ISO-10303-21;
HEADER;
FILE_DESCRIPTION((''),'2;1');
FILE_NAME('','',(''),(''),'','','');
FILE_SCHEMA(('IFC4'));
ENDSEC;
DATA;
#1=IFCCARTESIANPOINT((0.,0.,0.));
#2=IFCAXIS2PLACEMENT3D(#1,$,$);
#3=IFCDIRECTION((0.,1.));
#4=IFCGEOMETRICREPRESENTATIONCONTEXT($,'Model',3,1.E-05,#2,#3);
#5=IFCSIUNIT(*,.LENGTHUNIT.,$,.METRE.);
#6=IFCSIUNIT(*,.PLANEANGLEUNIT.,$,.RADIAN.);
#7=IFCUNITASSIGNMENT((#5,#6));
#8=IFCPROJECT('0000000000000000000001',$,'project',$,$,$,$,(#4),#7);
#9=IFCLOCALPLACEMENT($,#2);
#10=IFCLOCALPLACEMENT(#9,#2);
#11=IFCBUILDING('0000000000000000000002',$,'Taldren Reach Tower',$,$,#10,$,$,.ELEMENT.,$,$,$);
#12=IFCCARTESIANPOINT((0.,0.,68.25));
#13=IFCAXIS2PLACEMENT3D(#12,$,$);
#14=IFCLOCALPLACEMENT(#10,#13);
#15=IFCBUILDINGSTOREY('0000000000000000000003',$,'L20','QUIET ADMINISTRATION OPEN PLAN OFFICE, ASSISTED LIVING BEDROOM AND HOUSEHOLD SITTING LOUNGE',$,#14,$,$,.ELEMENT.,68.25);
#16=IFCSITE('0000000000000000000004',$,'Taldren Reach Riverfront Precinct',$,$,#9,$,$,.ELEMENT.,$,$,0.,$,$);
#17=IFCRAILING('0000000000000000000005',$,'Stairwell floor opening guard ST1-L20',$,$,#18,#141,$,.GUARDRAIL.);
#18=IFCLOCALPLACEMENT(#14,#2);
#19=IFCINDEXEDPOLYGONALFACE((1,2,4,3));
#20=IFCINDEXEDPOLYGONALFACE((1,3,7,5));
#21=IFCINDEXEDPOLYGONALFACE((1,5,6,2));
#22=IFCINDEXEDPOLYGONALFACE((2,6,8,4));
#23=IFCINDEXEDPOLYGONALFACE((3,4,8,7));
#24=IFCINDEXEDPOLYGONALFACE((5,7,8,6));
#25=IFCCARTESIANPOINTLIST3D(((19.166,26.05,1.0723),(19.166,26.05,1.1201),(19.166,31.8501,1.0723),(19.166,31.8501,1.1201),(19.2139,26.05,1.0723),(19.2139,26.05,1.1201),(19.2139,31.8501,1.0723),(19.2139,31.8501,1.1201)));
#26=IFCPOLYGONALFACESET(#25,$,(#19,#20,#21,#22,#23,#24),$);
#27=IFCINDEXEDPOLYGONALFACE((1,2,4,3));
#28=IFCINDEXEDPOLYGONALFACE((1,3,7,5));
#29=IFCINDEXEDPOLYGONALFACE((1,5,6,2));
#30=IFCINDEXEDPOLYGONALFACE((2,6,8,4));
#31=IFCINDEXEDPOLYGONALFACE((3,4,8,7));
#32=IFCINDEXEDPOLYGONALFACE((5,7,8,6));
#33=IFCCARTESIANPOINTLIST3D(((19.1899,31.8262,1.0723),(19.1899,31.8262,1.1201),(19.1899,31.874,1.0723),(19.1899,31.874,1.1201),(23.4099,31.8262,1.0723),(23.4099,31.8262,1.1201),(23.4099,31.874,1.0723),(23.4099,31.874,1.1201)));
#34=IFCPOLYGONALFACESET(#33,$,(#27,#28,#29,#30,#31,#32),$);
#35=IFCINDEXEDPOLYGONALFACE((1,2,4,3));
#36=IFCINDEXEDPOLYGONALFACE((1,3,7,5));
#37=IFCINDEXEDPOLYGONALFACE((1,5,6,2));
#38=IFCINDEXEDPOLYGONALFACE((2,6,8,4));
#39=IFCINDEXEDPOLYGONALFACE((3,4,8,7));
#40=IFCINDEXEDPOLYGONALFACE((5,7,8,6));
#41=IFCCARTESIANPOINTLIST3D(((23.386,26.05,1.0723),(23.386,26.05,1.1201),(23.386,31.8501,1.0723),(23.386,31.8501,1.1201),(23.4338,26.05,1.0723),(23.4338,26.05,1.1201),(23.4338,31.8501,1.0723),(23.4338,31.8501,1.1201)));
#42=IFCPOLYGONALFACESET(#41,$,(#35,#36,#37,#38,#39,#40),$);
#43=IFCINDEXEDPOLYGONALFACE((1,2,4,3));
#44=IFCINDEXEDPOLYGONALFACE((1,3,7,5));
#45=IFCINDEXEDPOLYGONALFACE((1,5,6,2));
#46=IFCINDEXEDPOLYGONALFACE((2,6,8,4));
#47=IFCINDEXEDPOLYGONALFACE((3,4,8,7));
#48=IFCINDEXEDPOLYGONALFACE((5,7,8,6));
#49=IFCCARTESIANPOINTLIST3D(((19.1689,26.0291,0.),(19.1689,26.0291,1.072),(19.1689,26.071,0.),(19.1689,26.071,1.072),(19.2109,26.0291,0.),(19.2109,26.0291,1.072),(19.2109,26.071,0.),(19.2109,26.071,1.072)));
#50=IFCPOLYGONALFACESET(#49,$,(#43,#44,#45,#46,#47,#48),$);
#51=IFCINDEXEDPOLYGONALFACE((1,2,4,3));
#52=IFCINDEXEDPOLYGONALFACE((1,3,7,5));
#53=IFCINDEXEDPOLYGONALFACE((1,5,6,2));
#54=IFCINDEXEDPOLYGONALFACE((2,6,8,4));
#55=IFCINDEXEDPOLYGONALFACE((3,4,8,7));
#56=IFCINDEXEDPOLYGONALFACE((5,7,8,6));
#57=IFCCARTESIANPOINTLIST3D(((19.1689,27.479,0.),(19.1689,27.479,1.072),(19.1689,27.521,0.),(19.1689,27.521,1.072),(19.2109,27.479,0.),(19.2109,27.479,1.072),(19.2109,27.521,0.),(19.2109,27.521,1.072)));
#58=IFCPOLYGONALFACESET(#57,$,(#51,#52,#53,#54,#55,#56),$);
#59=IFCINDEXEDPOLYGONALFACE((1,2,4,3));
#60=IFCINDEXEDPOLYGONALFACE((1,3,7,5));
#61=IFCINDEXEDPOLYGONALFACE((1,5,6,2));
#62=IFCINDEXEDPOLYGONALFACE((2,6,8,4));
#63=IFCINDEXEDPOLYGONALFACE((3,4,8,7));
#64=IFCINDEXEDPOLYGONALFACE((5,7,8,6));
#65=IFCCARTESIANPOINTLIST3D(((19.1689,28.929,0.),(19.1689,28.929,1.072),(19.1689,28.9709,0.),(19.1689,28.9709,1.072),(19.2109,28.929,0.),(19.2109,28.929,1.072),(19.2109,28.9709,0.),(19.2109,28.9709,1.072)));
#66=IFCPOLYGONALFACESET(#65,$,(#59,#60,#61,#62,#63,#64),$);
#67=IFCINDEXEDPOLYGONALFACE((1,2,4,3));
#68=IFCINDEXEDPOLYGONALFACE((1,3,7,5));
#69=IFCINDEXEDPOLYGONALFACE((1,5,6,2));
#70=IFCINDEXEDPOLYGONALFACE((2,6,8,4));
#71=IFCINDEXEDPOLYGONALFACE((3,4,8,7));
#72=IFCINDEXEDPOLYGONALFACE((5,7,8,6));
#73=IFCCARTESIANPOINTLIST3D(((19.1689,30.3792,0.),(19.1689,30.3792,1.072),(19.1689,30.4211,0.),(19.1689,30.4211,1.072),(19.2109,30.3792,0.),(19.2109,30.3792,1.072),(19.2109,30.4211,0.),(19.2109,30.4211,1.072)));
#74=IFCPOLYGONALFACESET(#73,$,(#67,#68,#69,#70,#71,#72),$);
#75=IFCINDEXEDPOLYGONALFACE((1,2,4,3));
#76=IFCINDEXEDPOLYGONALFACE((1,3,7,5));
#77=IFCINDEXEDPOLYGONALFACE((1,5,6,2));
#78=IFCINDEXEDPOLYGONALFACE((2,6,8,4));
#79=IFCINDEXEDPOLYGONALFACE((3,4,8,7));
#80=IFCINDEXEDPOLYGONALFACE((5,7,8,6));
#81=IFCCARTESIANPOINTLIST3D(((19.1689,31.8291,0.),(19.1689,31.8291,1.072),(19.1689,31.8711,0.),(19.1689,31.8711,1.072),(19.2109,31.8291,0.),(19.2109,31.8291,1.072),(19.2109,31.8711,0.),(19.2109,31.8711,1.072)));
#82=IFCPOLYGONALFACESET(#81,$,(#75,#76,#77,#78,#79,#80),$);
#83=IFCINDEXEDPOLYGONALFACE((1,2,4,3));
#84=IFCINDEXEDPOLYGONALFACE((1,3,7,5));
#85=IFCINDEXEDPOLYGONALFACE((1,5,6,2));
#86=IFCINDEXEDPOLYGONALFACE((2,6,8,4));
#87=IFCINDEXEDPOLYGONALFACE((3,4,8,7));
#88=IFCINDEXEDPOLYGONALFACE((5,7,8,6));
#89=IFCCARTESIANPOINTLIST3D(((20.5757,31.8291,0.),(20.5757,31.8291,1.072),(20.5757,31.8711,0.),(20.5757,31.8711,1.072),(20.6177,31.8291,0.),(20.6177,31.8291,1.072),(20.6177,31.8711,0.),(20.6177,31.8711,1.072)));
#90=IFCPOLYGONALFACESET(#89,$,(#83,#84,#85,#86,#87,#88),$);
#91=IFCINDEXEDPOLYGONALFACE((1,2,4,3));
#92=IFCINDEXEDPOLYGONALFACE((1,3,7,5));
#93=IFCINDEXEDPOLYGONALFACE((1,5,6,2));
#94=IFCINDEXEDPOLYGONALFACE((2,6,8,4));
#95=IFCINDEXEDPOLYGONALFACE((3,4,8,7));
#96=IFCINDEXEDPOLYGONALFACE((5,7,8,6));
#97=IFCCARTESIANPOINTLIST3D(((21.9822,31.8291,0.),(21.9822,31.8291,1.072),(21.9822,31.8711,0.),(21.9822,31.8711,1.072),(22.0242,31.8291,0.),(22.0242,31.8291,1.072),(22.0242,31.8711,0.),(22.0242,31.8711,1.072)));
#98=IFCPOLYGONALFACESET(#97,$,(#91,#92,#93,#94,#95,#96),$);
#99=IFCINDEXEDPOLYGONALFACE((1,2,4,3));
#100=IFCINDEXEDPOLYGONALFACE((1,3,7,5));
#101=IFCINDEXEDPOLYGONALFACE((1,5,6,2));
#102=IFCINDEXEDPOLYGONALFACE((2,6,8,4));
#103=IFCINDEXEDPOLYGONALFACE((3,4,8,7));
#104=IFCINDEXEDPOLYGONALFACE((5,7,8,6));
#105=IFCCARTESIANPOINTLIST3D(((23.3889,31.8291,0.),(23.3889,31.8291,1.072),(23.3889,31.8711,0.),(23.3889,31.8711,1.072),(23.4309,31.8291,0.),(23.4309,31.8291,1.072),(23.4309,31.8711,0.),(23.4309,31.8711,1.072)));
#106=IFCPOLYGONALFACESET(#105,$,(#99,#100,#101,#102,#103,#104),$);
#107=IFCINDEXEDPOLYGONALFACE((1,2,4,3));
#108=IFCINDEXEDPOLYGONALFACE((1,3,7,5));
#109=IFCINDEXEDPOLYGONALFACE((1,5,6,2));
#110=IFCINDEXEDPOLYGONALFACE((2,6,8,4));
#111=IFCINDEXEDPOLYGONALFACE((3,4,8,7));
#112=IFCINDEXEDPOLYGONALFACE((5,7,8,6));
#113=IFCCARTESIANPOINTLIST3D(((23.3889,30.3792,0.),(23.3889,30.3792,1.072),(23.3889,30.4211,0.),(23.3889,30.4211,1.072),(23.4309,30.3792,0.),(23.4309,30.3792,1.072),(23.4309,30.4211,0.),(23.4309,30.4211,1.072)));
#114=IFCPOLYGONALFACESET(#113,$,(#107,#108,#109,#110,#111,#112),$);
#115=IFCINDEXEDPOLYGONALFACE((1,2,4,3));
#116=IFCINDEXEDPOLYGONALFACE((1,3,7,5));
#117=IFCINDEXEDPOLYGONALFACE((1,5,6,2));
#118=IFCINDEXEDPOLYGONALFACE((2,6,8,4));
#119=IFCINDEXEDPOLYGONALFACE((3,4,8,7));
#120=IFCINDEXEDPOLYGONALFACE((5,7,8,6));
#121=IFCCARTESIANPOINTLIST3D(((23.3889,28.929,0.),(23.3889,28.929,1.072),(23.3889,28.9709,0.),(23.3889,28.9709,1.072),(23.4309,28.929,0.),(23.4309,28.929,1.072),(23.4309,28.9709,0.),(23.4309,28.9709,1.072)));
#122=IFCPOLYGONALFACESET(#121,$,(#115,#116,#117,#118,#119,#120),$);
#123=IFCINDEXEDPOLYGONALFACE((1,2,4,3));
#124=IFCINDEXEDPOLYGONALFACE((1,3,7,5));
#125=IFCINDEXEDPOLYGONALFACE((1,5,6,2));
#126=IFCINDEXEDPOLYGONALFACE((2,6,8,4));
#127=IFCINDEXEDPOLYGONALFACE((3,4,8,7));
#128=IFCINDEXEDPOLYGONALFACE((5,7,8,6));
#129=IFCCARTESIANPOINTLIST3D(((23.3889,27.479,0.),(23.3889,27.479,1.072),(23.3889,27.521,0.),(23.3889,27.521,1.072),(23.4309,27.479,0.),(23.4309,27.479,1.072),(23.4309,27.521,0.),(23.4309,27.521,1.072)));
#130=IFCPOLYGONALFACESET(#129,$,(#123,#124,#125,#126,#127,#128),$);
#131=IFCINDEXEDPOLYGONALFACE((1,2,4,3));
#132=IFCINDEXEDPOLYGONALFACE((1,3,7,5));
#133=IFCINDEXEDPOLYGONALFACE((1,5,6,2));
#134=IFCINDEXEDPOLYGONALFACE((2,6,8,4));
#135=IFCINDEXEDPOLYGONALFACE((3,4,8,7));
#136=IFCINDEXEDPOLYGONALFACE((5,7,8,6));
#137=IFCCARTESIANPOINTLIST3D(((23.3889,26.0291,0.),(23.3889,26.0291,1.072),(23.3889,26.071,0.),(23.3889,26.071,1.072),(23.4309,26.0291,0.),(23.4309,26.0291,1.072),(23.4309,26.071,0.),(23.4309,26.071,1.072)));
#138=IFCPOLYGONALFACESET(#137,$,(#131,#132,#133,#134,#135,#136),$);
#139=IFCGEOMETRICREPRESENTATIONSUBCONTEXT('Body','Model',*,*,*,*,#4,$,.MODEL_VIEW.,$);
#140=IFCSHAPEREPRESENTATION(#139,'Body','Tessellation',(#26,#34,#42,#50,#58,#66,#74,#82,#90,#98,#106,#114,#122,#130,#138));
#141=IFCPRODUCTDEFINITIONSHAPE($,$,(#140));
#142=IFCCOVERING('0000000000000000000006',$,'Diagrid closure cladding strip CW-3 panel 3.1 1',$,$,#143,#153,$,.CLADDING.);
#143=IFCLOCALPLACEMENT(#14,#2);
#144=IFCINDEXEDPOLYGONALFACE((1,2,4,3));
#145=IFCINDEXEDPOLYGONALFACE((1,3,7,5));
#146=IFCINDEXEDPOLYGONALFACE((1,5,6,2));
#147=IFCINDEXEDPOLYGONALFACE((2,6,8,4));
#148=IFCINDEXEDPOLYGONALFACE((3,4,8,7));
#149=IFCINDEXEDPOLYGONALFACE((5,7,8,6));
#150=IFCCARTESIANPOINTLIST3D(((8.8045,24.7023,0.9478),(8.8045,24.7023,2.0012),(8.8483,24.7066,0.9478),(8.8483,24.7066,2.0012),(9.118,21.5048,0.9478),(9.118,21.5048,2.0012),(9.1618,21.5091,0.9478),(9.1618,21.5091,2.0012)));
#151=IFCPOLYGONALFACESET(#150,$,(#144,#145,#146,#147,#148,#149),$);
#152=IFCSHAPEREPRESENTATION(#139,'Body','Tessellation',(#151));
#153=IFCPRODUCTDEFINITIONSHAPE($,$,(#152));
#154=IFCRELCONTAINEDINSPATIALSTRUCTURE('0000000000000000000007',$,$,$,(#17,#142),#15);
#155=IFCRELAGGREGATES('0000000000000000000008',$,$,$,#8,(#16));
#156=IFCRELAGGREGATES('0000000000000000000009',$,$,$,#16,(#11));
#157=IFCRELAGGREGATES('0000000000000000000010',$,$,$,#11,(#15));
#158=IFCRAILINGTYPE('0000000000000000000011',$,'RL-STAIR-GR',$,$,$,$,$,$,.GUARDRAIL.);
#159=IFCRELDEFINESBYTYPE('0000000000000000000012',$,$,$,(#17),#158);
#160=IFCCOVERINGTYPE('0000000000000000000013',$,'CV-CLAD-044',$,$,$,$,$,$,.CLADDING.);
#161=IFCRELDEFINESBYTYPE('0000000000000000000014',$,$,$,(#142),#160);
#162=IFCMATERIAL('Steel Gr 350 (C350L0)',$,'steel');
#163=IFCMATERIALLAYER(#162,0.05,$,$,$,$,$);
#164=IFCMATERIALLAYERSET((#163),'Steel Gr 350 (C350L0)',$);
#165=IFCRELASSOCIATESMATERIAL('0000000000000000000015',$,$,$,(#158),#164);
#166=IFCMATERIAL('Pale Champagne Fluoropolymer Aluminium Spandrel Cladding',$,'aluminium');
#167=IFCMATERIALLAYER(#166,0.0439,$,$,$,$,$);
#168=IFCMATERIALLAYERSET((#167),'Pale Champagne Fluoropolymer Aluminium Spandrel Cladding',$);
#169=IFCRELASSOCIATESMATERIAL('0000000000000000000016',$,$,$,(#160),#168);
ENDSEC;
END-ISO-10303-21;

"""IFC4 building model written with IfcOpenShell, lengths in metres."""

from ifc_helpers import new_model, si_unit, direction, frame, origin, origin_2d, place, context, subcontext, project, spatial, rectangle, extrude, source, transform, mapped, material, layer, layer_set, type_object, element, save


model = new_model("IFC4")

# Units and contexts
model_context = context("Model", 3, precision=1e-05, world=origin(), true_north=direction((0.0, 1.0)))
body_context = subcontext(model_context, "Body", "Model", "MODEL_VIEW")
ifc_project = project(units=[si_unit("LENGTHUNIT", "METRE"), si_unit("PLANEANGLEUNIT", "RADIAN")], contexts=[model_context])

# Site, building, storey
site_placement = place(None, origin())
site = spatial("IfcSite", under=ifc_project, at=site_placement, Name="Taldren Reach Riverfront Precinct", CompositionType="ELEMENT", RefElevation=0.0)
building_placement = place(site_placement, origin())
building = spatial("IfcBuilding", under=site, at=building_placement, Name="Taldren Reach Tower", CompositionType="ELEMENT")
storey_placement = place(building_placement, frame((0.0, 0.0, 68.25)))
storey = spatial("IfcBuildingStorey", under=building, at=storey_placement, Name="L20", Description="QUIET ADMINISTRATION OPEN PLAN OFFICE, ASSISTED LIVING BEDROOM AND HOUSEHOLD SITTING LOUNGE", CompositionType="ELEMENT", Elevation=68.25)

# Shared definitions
ifc_material_1 = material(Name="Steel Gr 350 (C350L0)", Category="steel")

# Railing
ifc_layer_1 = layer(ifc_material_1, 0.05)
ifc_layer_set_1 = layer_set([ifc_layer_1], Name="Steel Gr 350 (C350L0)")
railing_type = type_object("IfcRailingType", Name="RL-STAIR-GR", PredefinedType="GUARDRAIL", material=ifc_layer_set_1)
railing_1_placement = place(storey_placement, frame((19.1899, 26.05, 0.0)))
element("IfcRailing", 1, at=railing_1_placement, inside=storey, type_object=railing_type, Name="Stairwell floor opening guard ST1-L20", PredefinedType="GUARDRAIL", context=body_context, shape_type="SweptSolid", body=[
    extrude(rectangle(XDim=0.0479, YDim=0.0479, at=origin_2d()), frame((0.0, 0.0, 1.0962), z_axis=(0.0, 1.0, 0.0), x_axis=(-1.0, 0.0, 0.0)), (0.0, 0.0, 1.0), 5.8),
    extrude(rectangle(XDim=0.0479, YDim=0.0479, at=origin_2d()), frame((0.0, 5.8, 1.0962), z_axis=(1.0, 0.0, 0.0), x_axis=(0.0, 1.0, 0.0)), (0.0, 0.0, 1.0), 4.22),
    extrude(rectangle(XDim=0.0479, YDim=0.0479, at=origin_2d()), frame((4.22, 5.8, 1.0962), z_axis=(0.0, -1.0, 0.0), x_axis=(1.0, 0.0, 0.0)), (0.0, 0.0, 1.0), 5.8),
    extrude(rectangle(XDim=0.042, YDim=0.042, at=origin_2d()), origin(), (0.0, 0.0, 1.0), 1.072),
    extrude(rectangle(XDim=0.042, YDim=0.042, at=origin_2d()), frame((0.0, 1.45, 0.0)), (0.0, 0.0, 1.0), 1.072),
    extrude(rectangle(XDim=0.042, YDim=0.042, at=origin_2d()), frame((0.0, 2.8999, 0.0)), (0.0, 0.0, 1.0), 1.072),
    extrude(rectangle(XDim=0.042, YDim=0.042, at=origin_2d()), frame((0.0, 4.3501, 0.0)), (0.0, 0.0, 1.0), 1.072),
    extrude(rectangle(XDim=0.042, YDim=0.042, at=origin_2d()), frame((0.0, 5.8, 0.0)), (0.0, 0.0, 1.0), 1.072),
    extrude(rectangle(XDim=0.042, YDim=0.042, at=origin_2d()), frame((1.4067, 5.8, 0.0)), (0.0, 0.0, 1.0), 1.072),
    extrude(rectangle(XDim=0.042, YDim=0.042, at=origin_2d()), frame((2.8132, 5.8, 0.0)), (0.0, 0.0, 1.0), 1.072),
    extrude(rectangle(XDim=0.042, YDim=0.042, at=origin_2d()), frame((4.22, 5.8, 0.0)), (0.0, 0.0, 1.0), 1.072),
    extrude(rectangle(XDim=0.042, YDim=0.042, at=origin_2d()), frame((4.22, 4.3501, 0.0)), (0.0, 0.0, 1.0), 1.072),
    extrude(rectangle(XDim=0.042, YDim=0.042, at=origin_2d()), frame((4.22, 2.8999, 0.0)), (0.0, 0.0, 1.0), 1.072),
    extrude(rectangle(XDim=0.042, YDim=0.042, at=origin_2d()), frame((4.22, 1.45, 0.0)), (0.0, 0.0, 1.0), 1.072),
    extrude(rectangle(XDim=0.042, YDim=0.042, at=origin_2d()), frame((4.22, 0.0, 0.0)), (0.0, 0.0, 1.0), 1.072),
])

# Covering
ifc_material_2 = material(Name="Pale Champagne Fluoropolymer Aluminium Spandrel Cladding", Category="aluminium")
ifc_layer_2 = layer(ifc_material_2, 0.0439)
ifc_layer_set_2 = layer_set([ifc_layer_2], Name="Pale Champagne Fluoropolymer Aluminium Spandrel Cladding")
covering_type = type_object("IfcCoveringType", Name="CV-CLAD-044", PredefinedType="CLADDING", material=ifc_layer_set_2)
shared_shape_1 = source(origin(), body_context, "Body", "SweptSolid", [
    extrude(rectangle(XDim=3.2129, YDim=0.0439, at=origin_2d()), origin(), (0.0, 0.0, 1.0), 1.0535),
])
covering_placement = place(storey_placement, frame((8.9832, 23.1057, 0.9478), z_axis=(0.0, 0.0, 1.0), x_axis=(0.097583, -0.995227, 0.0)))
element("IfcCovering", 2, at=covering_placement, inside=storey, type_object=covering_type, Name="Diagrid closure cladding strip CW-3 panel 3.1 1", PredefinedType="CLADDING", context=body_context, shape_type="MappedRepresentation", body=[
    mapped(shared_shape_1, transform((0.0, 0.0, 0.0), scale=1.0)),
])

save(model, "model.ifc")
